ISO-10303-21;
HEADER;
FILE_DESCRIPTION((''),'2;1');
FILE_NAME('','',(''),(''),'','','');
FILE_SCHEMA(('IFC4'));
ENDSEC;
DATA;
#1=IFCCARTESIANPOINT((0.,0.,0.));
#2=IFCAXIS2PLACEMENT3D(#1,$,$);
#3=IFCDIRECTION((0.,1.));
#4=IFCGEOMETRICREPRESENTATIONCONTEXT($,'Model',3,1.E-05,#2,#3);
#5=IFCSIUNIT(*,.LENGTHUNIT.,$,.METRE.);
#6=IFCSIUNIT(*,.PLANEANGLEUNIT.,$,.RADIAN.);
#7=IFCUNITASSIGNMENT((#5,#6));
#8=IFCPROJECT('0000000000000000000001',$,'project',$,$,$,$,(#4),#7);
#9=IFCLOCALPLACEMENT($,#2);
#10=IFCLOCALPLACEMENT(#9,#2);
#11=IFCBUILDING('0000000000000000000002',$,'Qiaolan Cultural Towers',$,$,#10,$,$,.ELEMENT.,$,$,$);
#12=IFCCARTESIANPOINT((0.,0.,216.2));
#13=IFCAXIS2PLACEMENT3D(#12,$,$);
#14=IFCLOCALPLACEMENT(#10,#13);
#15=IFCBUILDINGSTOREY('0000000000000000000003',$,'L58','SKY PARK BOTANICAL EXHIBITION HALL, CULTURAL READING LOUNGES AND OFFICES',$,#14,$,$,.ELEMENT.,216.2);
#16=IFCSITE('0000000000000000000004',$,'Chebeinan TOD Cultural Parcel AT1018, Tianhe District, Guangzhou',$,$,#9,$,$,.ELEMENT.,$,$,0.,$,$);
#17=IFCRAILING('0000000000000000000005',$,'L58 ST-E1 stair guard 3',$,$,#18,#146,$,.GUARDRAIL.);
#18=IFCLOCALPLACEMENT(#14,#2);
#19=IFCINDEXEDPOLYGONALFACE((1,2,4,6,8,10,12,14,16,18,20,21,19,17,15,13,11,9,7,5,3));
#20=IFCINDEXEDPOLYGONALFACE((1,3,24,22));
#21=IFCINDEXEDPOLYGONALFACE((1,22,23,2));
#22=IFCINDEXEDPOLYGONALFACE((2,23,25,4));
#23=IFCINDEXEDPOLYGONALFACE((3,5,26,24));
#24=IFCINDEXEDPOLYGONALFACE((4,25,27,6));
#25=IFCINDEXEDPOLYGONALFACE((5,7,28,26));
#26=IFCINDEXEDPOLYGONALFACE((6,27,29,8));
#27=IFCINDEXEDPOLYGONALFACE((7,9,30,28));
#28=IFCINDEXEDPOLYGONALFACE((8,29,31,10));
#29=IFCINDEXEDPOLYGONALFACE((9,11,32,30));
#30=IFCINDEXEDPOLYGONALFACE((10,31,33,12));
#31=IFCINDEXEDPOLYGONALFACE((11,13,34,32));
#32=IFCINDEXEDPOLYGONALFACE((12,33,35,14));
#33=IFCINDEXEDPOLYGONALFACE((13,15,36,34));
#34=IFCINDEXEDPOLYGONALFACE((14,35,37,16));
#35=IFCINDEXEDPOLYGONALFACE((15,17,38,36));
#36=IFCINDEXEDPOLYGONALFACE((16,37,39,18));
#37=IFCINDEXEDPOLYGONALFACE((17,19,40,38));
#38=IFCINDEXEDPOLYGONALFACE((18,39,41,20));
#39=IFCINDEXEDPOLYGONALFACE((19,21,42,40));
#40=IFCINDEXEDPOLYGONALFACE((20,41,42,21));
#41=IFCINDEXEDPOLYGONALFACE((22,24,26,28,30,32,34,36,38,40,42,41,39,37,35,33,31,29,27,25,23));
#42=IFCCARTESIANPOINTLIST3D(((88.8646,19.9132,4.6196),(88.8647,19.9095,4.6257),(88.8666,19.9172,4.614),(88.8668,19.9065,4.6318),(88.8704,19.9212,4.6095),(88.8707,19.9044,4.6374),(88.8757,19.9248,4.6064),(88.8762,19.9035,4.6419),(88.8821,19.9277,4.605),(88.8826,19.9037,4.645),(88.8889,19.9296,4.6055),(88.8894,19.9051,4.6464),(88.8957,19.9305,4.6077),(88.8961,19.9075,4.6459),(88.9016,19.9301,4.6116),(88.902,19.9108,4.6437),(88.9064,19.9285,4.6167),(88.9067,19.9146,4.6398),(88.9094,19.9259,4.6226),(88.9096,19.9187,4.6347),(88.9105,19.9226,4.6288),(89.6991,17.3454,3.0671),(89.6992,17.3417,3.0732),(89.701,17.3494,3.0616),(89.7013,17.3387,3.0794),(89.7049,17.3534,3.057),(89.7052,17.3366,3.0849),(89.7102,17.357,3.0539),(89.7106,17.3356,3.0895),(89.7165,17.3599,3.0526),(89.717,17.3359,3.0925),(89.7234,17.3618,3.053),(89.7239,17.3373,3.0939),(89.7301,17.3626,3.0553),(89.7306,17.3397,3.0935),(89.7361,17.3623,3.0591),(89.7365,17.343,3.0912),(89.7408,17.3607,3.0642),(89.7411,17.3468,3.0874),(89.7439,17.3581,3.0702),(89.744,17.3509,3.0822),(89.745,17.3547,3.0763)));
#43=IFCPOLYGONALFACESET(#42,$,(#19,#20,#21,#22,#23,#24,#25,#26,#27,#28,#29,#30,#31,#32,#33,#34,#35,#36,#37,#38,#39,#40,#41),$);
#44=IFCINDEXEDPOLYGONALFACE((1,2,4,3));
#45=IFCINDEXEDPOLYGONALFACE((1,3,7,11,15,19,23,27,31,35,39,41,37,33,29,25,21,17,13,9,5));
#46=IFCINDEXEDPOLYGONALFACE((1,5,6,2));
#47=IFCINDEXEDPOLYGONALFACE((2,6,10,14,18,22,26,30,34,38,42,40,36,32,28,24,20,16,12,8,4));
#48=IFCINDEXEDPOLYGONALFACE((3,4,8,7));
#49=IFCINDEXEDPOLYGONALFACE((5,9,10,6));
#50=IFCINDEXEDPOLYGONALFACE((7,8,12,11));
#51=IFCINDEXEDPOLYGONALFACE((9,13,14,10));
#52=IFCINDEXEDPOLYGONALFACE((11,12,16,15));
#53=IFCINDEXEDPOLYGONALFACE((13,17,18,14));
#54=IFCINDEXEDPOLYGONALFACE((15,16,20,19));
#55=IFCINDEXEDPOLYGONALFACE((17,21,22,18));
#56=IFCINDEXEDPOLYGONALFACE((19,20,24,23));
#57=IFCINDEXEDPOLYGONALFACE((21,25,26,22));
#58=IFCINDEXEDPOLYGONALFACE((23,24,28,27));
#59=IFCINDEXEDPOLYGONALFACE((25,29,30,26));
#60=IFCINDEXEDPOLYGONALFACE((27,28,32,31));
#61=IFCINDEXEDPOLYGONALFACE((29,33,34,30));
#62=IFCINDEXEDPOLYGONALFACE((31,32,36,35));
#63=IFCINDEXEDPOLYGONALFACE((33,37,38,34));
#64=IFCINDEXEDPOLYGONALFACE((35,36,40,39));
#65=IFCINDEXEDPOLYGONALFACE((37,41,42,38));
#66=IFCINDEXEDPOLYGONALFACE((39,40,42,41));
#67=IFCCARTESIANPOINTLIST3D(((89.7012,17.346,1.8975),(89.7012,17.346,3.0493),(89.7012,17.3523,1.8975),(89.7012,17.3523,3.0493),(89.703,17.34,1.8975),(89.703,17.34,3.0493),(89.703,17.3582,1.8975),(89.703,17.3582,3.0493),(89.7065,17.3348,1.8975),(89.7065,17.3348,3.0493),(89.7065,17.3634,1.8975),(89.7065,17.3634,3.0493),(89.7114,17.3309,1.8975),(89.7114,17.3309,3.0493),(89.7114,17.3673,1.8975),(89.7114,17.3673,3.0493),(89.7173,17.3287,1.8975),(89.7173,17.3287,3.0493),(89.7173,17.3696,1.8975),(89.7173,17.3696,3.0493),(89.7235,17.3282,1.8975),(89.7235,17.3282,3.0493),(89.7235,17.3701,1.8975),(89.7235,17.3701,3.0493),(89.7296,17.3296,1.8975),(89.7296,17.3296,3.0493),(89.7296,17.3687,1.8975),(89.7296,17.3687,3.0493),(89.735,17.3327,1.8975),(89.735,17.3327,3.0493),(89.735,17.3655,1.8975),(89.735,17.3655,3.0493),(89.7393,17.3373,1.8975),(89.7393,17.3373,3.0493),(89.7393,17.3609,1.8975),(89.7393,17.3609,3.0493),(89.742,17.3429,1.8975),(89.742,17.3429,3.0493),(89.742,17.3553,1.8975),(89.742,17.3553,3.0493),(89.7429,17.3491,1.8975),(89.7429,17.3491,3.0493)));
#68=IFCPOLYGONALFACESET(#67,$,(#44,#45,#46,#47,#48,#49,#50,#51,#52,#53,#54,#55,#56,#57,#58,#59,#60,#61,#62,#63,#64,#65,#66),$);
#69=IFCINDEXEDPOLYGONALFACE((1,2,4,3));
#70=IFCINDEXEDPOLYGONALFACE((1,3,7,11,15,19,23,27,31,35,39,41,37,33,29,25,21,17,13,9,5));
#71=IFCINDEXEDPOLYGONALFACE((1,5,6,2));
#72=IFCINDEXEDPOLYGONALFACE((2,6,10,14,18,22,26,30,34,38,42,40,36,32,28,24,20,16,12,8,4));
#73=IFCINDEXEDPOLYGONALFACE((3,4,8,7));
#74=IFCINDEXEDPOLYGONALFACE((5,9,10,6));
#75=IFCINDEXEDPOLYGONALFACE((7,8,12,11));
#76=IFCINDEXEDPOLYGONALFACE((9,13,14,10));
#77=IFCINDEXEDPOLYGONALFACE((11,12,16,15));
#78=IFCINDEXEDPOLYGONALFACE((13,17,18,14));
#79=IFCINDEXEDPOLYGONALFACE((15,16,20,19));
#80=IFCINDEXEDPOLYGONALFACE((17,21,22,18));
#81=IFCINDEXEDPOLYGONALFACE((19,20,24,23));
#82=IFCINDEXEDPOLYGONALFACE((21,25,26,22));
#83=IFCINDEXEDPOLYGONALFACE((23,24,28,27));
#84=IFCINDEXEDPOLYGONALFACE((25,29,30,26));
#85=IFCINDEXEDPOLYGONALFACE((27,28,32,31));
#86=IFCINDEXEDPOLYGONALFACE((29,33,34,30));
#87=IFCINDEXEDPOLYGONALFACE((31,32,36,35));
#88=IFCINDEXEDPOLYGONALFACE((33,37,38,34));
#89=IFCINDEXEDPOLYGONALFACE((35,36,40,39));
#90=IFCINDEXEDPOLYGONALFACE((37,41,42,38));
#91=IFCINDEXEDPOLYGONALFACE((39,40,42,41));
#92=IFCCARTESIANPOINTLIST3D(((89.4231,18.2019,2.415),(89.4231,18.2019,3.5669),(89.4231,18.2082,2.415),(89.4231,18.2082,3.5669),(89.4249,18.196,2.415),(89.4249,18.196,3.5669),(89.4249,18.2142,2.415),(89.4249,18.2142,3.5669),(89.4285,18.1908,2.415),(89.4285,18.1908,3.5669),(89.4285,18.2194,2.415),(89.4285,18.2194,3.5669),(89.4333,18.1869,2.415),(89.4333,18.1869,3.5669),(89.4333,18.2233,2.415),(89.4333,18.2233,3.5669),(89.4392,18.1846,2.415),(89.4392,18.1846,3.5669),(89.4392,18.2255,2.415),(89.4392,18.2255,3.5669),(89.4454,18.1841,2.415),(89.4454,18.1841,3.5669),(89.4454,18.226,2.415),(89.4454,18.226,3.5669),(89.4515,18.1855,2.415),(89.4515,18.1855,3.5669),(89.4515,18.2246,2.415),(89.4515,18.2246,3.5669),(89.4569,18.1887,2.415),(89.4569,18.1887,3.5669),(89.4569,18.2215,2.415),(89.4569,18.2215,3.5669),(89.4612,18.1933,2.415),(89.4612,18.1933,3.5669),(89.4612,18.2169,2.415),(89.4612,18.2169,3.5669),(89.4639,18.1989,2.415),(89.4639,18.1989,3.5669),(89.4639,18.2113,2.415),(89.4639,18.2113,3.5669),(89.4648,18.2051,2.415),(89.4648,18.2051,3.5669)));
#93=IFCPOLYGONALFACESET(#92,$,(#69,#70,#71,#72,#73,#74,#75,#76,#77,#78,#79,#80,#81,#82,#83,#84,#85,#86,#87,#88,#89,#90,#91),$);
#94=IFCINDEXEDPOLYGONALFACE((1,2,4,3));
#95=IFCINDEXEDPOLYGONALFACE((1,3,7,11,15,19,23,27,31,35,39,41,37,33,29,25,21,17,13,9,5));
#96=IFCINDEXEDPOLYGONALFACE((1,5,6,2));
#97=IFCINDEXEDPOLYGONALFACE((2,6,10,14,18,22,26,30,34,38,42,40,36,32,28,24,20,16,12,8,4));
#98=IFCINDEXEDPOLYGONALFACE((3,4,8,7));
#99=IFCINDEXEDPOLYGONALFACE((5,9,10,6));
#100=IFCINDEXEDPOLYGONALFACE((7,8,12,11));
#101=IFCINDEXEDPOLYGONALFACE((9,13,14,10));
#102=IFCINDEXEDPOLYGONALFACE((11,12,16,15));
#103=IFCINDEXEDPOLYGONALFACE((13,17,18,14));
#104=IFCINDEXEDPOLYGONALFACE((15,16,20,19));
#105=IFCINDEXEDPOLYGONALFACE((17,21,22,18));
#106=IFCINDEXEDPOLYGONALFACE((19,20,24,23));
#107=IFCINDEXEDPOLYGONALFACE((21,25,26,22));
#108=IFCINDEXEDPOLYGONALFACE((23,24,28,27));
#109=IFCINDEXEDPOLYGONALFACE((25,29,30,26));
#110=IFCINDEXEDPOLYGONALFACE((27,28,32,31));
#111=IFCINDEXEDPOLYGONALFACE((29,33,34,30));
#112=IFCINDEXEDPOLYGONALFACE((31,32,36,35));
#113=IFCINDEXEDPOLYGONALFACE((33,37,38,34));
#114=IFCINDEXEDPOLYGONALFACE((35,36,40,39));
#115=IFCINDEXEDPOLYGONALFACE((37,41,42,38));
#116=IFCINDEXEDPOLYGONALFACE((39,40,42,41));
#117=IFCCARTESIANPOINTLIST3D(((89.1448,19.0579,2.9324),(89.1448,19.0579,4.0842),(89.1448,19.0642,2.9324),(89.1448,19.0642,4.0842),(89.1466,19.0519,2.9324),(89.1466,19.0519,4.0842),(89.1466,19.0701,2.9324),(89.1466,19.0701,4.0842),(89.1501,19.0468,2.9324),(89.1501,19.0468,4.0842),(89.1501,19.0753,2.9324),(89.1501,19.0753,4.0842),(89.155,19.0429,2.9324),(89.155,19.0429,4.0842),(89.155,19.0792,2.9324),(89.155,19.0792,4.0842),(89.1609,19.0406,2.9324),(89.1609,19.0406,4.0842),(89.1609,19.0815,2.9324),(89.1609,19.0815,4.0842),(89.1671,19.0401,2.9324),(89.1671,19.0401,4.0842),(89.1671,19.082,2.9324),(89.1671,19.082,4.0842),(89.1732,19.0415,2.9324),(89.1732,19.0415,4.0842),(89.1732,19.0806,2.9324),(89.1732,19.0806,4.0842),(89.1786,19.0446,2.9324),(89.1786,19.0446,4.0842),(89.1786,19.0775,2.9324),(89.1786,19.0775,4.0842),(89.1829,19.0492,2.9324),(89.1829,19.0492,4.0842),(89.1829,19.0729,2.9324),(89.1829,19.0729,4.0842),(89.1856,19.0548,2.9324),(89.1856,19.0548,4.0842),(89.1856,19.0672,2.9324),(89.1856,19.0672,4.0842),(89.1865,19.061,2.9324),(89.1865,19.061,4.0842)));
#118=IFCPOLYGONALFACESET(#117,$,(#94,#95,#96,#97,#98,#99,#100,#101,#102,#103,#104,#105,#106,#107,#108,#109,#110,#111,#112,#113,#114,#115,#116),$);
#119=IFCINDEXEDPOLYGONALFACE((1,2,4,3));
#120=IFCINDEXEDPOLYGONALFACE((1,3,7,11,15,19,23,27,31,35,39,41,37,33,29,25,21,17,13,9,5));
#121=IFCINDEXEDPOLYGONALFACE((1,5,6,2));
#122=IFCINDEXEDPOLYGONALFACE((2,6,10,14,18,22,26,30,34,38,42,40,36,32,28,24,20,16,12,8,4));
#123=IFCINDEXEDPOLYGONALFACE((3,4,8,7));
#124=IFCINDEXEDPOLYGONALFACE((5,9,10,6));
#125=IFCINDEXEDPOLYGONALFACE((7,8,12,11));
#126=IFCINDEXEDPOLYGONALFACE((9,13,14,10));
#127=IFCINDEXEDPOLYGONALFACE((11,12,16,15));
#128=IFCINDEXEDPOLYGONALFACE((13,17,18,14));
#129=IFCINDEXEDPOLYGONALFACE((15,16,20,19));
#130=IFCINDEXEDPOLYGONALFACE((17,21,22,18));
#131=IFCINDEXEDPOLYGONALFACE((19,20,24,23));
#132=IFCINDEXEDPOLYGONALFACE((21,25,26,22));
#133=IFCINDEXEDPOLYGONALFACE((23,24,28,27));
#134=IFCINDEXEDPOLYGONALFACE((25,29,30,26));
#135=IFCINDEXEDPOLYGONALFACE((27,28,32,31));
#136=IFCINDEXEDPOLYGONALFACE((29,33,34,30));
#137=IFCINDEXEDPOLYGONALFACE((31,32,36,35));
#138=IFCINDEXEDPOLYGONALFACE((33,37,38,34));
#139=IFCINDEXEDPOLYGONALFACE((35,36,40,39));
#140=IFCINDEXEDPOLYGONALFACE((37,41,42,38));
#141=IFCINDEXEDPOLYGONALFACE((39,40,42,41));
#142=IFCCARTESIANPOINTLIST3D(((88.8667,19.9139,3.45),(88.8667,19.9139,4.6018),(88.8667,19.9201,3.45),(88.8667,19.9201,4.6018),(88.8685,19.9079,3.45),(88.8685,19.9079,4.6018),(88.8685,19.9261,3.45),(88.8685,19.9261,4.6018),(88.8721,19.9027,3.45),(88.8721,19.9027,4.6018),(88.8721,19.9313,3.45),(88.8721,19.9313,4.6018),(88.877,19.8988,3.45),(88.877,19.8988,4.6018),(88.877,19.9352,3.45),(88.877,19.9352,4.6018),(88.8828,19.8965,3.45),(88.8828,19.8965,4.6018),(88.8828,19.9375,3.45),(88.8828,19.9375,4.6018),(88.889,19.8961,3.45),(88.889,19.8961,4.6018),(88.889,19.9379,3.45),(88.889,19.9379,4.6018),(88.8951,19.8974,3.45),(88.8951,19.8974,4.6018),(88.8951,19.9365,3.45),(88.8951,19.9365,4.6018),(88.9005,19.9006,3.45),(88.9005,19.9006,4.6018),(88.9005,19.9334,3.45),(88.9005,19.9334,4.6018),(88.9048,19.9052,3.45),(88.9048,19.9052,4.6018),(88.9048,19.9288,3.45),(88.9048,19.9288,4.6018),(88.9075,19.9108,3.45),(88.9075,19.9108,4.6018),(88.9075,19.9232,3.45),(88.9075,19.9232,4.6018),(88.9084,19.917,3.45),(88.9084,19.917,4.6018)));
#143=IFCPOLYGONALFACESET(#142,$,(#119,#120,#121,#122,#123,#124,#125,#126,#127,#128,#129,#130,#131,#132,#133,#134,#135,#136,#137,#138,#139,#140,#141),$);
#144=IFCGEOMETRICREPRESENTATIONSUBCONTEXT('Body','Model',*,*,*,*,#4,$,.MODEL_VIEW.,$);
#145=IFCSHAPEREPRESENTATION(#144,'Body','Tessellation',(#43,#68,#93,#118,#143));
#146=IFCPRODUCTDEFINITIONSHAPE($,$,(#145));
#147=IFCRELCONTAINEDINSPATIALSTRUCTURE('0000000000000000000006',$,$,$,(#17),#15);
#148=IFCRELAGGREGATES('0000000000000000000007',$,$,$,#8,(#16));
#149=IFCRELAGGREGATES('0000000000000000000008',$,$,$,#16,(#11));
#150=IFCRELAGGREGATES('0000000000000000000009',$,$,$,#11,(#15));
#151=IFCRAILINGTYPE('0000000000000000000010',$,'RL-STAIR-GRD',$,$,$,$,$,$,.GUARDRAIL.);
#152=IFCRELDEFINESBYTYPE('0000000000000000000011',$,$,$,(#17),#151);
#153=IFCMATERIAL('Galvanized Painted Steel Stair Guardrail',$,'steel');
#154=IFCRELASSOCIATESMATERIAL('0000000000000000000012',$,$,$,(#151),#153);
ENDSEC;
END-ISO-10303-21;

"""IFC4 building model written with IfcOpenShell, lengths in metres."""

from ifc_helpers import new_model, si_unit, direction, frame, origin, origin_2d, place, context, subcontext, project, spatial, circle, extrude, material, type_object, element, save


model = new_model("IFC4")

# Units and contexts
model_context = context("Model", 3, precision=1e-05, world=origin(), true_north=direction((0.0, 1.0)))
body_context = subcontext(model_context, "Body", "Model", "MODEL_VIEW")
ifc_project = project(units=[si_unit("LENGTHUNIT", "METRE"), si_unit("PLANEANGLEUNIT", "RADIAN")], contexts=[model_context])

# Site, building, storey
site_placement = place(None, origin())
site = spatial("IfcSite", under=ifc_project, at=site_placement, Name="Chebeinan TOD Cultural Parcel AT1018, Tianhe District, Guangzhou", CompositionType="ELEMENT", RefElevation=0.0)
building_placement = place(site_placement, origin())
building = spatial("IfcBuilding", under=site, at=building_placement, Name="Qiaolan Cultural Towers", CompositionType="ELEMENT")
storey_placement = place(building_placement, frame((0.0, 0.0, 216.2)))
storey = spatial("IfcBuildingStorey", under=building, at=storey_placement, Name="L58", Description="SKY PARK BOTANICAL EXHIBITION HALL, CULTURAL READING LOUNGES AND OFFICES", CompositionType="ELEMENT", Elevation=216.2)

# Railing
ifc_material_1 = material(Name="Galvanized Painted Steel Stair Guardrail", Category="steel")
railing_type_1 = type_object("IfcRailingType", Name="RL-STAIR-GRD", PredefinedType="GUARDRAIL", material=ifc_material_1)
railing_1_placement = place(storey_placement, frame((89.7219, 17.3491, 1.8975)))
element("IfcRailing", 1, at=railing_1_placement, inside=storey, type_object=railing_type_1, Name="L58 ST-E1 stair guard 3", PredefinedType="GUARDRAIL", context=body_context, shape_type="SweptSolid", body=[
    extrude(circle(Radius=0.0239, at=origin_2d()), frame((0.0, 0.0, 1.1758), z_axis=(-0.267926, 0.824471, 0.498461), x_axis=(-0.951043, -0.309057, 0.0)), (0.0, 0.0, 1.0), 3.1145),
    extrude(circle(Radius=0.021, at=origin_2d()), origin(), (0.0, 0.0, 1.0), 1.1519),
    extrude(circle(Radius=0.021, at=origin_2d()), frame((-0.2781, 0.856, 0.5176)), (0.0, 0.0, 1.0), 1.1519),
    extrude(circle(Radius=0.021, at=origin_2d()), frame((-0.5564, 1.7119, 1.0349)), (0.0, 0.0, 1.0), 1.1519),
    extrude(circle(Radius=0.021, at=origin_2d()), frame((-0.8345, 2.5679, 1.5525)), (0.0, 0.0, 1.0), 1.1519),
])

save(model, "model.ifc")
